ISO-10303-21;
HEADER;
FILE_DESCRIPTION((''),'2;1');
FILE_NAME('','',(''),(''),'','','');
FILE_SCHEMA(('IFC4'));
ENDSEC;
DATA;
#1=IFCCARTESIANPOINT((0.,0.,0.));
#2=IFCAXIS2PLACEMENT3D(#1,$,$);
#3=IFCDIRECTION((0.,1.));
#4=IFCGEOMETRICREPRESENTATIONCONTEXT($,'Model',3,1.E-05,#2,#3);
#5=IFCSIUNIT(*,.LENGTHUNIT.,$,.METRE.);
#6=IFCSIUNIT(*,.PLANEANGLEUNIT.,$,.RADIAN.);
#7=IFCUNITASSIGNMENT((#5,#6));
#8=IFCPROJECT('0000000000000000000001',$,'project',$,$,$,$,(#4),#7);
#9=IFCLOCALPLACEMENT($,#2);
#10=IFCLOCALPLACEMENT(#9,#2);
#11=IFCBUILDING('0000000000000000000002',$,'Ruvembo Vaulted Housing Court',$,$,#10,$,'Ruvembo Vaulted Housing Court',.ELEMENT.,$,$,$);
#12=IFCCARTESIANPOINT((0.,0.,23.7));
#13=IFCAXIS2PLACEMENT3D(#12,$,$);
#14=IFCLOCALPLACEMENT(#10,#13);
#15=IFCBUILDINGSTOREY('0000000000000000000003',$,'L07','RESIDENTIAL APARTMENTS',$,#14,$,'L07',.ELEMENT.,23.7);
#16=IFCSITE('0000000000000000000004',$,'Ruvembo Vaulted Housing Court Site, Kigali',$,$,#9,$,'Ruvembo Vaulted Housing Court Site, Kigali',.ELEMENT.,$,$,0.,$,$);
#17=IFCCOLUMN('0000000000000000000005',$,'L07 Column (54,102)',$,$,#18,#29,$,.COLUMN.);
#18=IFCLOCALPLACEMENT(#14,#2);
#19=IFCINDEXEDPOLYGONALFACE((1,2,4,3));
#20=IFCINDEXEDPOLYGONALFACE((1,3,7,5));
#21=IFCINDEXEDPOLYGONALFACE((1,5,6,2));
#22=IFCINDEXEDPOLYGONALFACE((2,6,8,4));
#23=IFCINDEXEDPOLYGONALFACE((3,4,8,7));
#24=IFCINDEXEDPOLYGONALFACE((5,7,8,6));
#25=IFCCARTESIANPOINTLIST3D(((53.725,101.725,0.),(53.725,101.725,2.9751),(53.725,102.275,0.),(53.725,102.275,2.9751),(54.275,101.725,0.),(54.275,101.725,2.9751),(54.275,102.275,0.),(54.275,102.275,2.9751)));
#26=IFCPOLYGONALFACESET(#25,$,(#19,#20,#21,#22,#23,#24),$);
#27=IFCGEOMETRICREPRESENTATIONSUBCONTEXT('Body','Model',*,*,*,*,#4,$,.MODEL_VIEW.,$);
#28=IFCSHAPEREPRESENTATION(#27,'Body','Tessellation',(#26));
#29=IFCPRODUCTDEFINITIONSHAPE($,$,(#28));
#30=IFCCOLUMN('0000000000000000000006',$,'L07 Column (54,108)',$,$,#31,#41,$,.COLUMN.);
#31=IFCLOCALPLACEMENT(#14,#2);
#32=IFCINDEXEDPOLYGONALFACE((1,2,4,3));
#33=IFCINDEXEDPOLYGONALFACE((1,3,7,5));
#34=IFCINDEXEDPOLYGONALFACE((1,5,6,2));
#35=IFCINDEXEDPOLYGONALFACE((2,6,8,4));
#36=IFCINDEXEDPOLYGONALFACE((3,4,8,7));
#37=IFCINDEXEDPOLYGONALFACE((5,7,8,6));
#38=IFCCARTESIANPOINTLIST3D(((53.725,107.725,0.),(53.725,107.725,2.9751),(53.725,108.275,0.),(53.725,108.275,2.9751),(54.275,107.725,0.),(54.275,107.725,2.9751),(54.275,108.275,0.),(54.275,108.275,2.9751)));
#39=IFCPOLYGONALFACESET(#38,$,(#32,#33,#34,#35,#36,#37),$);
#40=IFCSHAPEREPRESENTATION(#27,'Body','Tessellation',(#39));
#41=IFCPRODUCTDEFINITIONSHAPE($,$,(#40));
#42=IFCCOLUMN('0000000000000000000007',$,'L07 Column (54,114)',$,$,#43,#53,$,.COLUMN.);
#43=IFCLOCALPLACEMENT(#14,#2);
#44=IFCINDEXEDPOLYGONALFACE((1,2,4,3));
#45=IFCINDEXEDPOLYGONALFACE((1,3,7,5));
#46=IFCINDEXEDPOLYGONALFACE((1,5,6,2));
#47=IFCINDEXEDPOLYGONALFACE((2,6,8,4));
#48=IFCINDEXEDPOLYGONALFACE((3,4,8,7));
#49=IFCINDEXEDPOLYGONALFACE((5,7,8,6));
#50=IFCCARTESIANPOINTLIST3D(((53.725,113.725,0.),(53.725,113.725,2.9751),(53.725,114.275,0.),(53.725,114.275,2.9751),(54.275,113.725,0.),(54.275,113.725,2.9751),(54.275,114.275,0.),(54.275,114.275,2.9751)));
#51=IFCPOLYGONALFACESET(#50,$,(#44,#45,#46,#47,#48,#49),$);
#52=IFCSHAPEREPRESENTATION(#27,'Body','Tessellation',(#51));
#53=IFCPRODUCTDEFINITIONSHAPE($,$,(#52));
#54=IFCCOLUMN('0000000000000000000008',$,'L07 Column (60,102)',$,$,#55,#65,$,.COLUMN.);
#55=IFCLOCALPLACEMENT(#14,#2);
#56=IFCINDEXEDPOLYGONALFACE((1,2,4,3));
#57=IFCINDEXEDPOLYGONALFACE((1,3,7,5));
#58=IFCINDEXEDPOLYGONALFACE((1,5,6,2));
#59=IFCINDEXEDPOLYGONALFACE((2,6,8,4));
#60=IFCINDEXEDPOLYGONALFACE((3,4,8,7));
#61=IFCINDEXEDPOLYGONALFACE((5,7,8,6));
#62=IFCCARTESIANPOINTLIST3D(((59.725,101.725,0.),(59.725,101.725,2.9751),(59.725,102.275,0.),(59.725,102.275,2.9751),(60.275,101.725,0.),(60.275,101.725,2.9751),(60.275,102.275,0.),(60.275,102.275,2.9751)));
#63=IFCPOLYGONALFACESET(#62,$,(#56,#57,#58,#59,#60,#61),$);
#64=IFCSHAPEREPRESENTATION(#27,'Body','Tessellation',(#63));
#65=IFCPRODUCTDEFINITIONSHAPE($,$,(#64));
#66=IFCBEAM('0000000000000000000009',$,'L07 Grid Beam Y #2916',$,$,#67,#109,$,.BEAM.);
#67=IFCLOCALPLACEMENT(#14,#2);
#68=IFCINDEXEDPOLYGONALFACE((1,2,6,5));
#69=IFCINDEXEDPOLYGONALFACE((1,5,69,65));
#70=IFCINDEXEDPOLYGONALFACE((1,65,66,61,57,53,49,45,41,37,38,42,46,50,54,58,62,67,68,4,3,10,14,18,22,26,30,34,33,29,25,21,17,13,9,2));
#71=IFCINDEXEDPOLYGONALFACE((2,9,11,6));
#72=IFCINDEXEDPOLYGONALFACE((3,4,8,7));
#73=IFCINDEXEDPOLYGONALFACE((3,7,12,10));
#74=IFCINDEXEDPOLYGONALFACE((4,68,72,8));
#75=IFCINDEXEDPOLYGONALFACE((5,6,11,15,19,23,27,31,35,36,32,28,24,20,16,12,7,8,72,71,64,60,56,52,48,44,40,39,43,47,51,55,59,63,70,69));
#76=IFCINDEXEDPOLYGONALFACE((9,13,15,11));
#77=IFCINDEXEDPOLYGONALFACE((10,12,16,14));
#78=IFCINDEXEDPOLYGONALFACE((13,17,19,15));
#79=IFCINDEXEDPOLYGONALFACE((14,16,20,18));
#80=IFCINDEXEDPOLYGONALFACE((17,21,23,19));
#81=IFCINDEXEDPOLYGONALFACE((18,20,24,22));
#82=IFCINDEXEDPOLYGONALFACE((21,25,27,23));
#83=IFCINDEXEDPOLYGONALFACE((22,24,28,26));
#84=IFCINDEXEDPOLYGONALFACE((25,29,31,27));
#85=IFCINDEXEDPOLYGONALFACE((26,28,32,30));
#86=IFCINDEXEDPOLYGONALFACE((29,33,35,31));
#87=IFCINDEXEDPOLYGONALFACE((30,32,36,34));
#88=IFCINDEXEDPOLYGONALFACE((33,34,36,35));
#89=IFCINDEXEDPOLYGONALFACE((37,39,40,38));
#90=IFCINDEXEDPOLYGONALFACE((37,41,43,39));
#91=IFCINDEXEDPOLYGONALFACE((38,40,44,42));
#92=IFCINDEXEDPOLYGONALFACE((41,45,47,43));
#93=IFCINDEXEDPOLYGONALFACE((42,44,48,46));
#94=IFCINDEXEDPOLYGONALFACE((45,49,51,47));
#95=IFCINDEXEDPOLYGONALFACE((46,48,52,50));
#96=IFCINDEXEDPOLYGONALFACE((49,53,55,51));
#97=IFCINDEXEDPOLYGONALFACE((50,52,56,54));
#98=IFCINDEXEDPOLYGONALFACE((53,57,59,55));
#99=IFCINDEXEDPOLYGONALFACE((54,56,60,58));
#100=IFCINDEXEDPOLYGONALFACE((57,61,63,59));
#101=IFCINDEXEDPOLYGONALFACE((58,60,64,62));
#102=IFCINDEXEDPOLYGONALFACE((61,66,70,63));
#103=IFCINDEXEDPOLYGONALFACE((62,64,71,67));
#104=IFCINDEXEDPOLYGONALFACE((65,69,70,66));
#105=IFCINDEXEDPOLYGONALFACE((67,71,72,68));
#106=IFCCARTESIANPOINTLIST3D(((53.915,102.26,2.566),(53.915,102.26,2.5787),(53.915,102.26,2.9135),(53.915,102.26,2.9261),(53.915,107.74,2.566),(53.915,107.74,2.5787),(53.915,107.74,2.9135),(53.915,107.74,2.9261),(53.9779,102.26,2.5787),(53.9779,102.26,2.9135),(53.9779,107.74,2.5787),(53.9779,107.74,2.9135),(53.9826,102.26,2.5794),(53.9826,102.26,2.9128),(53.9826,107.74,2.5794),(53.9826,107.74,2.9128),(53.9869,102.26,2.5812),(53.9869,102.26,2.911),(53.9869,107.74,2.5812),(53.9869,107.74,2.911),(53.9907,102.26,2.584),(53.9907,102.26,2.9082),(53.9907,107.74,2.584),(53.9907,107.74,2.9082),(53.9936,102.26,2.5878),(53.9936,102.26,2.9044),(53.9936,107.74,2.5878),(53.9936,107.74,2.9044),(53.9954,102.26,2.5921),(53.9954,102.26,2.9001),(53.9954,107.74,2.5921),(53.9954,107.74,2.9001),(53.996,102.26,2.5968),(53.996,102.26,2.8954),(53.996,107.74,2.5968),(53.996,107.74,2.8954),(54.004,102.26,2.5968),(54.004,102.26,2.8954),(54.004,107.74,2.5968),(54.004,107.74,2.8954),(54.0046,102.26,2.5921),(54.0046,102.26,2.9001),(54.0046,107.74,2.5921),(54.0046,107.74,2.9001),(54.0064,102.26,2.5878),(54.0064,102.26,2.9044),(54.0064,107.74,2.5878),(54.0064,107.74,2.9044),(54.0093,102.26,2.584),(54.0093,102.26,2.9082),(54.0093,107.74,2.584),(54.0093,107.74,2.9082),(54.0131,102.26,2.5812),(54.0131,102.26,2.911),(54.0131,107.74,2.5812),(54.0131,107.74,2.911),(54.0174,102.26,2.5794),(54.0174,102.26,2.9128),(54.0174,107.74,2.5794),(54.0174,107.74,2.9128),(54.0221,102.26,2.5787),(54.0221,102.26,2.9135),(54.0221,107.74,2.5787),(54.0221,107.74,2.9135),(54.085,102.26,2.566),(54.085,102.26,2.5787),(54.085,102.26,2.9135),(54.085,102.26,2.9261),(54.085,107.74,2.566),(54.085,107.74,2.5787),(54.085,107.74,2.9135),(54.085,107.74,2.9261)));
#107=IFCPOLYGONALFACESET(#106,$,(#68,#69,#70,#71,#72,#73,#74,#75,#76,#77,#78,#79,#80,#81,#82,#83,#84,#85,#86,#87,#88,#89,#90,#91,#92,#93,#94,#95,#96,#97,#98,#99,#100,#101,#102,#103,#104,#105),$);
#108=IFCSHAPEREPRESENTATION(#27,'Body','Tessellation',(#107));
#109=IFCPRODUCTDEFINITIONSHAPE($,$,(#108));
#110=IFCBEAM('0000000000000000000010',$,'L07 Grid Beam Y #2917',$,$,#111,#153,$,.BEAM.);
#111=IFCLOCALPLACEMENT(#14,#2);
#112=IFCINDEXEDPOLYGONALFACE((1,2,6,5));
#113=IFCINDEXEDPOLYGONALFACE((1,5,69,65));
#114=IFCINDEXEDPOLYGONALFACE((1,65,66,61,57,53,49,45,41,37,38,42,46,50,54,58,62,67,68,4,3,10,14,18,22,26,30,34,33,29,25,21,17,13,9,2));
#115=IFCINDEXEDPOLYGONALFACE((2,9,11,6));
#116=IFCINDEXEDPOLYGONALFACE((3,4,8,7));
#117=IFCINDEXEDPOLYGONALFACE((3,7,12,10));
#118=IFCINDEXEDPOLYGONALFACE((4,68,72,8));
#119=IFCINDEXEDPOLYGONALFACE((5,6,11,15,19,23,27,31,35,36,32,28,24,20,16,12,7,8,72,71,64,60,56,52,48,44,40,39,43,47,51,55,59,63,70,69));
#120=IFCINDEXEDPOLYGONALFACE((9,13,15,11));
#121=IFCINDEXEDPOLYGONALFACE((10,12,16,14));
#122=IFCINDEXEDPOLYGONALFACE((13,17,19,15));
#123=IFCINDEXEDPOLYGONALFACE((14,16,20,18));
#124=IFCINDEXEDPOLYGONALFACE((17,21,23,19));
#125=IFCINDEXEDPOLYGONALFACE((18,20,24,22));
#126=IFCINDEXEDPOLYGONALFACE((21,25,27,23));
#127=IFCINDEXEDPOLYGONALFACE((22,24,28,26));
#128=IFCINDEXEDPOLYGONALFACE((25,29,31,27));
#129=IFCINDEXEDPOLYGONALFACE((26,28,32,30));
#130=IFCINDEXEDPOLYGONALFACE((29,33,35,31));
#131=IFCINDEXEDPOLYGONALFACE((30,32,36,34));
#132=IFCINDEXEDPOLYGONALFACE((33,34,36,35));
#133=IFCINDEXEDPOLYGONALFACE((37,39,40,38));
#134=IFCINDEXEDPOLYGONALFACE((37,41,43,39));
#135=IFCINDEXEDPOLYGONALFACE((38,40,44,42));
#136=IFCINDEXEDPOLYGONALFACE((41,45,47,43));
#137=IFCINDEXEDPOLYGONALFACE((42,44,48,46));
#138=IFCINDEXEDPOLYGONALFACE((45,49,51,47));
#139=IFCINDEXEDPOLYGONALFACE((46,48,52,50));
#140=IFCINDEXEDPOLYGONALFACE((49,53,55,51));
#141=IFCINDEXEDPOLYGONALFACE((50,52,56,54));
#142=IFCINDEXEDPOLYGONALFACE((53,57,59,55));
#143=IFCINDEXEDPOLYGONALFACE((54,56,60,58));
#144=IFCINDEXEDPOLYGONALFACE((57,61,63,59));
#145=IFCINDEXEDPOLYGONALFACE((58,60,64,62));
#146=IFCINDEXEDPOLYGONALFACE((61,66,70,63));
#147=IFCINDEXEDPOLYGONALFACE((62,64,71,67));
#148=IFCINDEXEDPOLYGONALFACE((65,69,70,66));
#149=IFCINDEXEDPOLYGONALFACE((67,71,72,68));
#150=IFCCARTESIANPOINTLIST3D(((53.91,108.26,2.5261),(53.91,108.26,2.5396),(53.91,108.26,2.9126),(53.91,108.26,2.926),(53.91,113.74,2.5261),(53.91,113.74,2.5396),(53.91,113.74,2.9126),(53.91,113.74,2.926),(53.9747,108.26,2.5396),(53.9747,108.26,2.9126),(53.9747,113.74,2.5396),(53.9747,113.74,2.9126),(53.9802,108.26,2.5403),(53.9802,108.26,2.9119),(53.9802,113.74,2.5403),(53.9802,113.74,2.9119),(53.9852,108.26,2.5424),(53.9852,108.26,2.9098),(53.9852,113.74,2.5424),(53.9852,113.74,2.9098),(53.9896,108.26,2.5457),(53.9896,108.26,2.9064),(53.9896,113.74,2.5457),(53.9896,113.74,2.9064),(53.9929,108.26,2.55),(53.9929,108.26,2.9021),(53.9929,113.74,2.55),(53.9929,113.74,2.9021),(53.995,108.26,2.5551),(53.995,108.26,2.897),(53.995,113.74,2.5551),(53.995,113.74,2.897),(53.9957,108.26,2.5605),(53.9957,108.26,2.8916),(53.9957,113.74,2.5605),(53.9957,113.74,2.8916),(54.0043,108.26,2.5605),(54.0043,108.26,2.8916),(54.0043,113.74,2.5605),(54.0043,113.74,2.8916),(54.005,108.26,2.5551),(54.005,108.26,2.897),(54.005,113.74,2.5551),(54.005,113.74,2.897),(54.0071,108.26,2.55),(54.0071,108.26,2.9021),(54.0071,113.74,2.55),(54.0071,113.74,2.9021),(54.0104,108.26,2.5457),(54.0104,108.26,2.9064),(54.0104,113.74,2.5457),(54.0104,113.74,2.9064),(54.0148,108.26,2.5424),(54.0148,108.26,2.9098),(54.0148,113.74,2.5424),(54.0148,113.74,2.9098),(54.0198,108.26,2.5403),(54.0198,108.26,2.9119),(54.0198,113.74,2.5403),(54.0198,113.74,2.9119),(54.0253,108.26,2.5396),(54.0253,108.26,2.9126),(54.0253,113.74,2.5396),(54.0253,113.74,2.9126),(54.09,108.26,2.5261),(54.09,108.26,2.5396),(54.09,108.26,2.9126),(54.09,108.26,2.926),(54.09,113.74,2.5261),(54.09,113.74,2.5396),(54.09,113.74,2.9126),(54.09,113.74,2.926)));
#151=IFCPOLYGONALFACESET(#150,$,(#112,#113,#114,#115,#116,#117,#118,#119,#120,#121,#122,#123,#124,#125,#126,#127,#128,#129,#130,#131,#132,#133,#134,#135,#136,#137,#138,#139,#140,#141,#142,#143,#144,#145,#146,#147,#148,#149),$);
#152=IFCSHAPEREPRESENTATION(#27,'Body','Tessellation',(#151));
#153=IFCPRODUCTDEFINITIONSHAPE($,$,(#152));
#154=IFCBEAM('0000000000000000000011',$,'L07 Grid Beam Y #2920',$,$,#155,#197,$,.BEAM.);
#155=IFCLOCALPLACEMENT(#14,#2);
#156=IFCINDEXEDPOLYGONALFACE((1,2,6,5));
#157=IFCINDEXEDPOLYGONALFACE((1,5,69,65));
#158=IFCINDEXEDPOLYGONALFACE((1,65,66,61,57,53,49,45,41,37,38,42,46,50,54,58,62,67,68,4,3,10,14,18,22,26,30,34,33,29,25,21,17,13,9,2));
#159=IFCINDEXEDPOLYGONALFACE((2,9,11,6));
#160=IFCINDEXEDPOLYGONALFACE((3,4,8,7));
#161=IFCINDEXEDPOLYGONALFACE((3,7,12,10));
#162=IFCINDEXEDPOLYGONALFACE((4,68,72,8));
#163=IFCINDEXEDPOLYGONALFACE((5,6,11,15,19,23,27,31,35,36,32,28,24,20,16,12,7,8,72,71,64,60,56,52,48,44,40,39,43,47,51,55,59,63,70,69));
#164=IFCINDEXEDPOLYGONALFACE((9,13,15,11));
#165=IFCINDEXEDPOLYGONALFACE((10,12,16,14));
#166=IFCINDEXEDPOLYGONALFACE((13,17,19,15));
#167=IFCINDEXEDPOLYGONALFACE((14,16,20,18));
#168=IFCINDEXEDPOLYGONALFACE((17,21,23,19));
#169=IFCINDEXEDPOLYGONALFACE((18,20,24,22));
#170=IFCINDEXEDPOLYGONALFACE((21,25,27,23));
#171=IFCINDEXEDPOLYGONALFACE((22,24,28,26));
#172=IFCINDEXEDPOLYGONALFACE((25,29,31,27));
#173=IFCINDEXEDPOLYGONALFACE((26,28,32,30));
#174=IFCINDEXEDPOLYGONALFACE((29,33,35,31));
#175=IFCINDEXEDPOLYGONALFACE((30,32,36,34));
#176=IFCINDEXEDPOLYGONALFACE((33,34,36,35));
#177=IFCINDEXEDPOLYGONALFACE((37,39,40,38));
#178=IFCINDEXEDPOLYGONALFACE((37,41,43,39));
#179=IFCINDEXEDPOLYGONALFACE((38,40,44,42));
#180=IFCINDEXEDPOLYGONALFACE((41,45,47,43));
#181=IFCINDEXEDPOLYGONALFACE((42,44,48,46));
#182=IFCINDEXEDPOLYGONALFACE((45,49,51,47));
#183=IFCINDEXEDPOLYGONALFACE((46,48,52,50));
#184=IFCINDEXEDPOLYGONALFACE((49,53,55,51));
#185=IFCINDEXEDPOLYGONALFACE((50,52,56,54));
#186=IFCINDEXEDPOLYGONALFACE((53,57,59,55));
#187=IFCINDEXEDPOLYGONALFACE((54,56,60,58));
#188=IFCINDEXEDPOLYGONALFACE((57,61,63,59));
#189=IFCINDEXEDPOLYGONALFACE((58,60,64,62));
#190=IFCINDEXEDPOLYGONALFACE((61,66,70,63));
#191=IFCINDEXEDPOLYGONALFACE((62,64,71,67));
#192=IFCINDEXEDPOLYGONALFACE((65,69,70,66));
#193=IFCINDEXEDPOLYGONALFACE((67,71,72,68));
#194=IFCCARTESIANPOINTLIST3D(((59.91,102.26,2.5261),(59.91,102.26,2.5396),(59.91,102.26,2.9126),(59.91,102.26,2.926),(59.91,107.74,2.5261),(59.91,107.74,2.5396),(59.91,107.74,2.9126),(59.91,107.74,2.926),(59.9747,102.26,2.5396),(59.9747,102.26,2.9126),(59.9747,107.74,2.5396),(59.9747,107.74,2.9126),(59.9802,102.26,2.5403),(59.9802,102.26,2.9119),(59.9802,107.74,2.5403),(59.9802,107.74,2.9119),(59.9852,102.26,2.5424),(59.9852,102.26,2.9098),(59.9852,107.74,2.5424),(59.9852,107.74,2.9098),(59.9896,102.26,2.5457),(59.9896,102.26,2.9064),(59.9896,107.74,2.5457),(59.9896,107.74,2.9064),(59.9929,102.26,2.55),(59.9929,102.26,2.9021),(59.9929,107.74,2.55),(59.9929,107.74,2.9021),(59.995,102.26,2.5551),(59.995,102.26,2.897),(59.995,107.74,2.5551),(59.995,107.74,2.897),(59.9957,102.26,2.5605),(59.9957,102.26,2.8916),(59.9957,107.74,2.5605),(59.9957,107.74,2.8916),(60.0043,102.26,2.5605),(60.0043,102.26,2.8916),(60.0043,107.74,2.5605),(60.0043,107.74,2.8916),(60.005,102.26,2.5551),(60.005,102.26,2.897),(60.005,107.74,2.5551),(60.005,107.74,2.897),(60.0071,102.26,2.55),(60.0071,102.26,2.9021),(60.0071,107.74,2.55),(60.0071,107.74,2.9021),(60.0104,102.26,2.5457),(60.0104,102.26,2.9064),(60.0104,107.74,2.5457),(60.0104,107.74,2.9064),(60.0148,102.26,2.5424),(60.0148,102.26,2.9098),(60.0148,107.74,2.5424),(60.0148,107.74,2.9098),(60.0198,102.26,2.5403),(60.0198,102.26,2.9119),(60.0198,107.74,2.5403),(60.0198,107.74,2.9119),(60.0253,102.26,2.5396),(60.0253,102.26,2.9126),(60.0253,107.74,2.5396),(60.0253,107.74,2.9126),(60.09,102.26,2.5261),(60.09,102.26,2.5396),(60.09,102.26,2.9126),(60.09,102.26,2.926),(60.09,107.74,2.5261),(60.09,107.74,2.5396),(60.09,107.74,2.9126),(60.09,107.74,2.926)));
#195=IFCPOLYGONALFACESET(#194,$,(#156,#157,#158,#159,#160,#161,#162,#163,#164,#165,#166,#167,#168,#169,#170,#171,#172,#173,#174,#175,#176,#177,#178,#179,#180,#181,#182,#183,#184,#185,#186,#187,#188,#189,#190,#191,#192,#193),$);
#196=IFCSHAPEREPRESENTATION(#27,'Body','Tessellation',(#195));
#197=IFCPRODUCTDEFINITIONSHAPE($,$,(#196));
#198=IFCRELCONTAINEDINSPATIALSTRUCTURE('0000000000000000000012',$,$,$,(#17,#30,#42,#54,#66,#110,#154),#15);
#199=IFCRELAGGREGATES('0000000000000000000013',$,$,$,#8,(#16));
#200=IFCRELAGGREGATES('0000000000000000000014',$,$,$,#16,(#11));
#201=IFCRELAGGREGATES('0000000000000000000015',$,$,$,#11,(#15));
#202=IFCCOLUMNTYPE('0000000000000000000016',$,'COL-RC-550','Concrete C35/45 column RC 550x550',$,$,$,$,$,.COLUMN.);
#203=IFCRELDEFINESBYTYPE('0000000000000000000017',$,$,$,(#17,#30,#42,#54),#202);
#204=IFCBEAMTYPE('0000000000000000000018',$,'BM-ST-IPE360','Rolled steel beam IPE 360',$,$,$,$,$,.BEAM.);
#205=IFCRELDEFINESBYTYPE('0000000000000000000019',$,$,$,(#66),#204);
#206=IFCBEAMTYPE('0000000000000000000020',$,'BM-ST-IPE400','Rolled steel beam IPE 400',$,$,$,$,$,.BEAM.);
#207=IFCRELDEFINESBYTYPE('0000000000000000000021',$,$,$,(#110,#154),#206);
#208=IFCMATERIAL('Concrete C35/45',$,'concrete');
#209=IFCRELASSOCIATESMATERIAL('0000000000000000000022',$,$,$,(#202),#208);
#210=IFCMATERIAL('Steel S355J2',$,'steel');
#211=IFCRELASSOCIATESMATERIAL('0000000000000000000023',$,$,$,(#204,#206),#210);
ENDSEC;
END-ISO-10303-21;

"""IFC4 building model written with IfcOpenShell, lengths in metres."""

from ifc_helpers import new_model, si_unit, direction, frame, origin, origin_2d, place, context, subcontext, project, spatial, rectangle, i_section, extrude, material, material_profile, profile_set, type_object, element, save


model = new_model("IFC4")

# Units and contexts
model_context = context("Model", 3, precision=1e-05, world=origin(), true_north=direction((0.0, 1.0)))
body_context = subcontext(model_context, "Body", "Model", "MODEL_VIEW")
ifc_project = project(units=[si_unit("LENGTHUNIT", "METRE"), si_unit("PLANEANGLEUNIT", "RADIAN")], contexts=[model_context])

# Site, building, storey
site_placement = place(None, origin())
site = spatial("IfcSite", under=ifc_project, at=site_placement, Name="Ruvembo Vaulted Housing Court Site, Kigali", LongName="Ruvembo Vaulted Housing Court Site, Kigali", CompositionType="ELEMENT", RefElevation=0.0)
building_placement = place(site_placement, origin())
building = spatial("IfcBuilding", under=site, at=building_placement, Name="Ruvembo Vaulted Housing Court", LongName="Ruvembo Vaulted Housing Court", CompositionType="ELEMENT")
storey_placement = place(building_placement, frame((0.0, 0.0, 23.7)))
storey = spatial("IfcBuildingStorey", under=building, at=storey_placement, Name="L07", Description="RESIDENTIAL APARTMENTS", LongName="L07", CompositionType="ELEMENT", Elevation=23.7)

# Columns
ifc_material_1 = material(Name="Concrete C35/45", Category="concrete")
ifc_material_profile_1 = material_profile(ifc_material_1, rectangle(XDim=0.55, YDim=0.55, at=origin_2d()), Name="RC 550x550")
ifc_profile_set_1 = profile_set([ifc_material_profile_1], Name="Concrete C35/45")
column_type = type_object("IfcColumnType", Name="COL-RC-550", Description="Concrete C35/45 column RC 550x550", PredefinedType="COLUMN", material=ifc_profile_set_1)
for number, where, z_axis, x_axis, name in (
    (1, (54.0, 102.0, 0.0), (0.0, 0.0, 1.0), (1.0, 0.0, 0.0), "L07 Column (54,102)"),
    (2, (54.0, 108.0, 0.0), (0.0, 0.0, 1.0), (1.0, 0.0, 0.0), "L07 Column (54,108)"),
    (3, (54.0, 114.0, 0.0), (0.0, 0.0, 1.0), (1.0, 0.0, 0.0), "L07 Column (54,114)"),
    (4, (60.0, 102.0, 0.0), (0.0, 0.0, 1.0), (1.0, 0.0, 0.0), "L07 Column (60,102)"),
):
    element("IfcColumn", number, at=place(storey_placement, frame(where, z_axis=z_axis, x_axis=x_axis)), inside=storey, type_object=column_type, Name=name, PredefinedType="COLUMN", context=body_context, shape_type="SweptSolid", body=[
        extrude(rectangle(XDim=0.55, YDim=0.55, at=origin_2d()), origin(), (0.0, 0.0, 1.0), 2.9751),
    ])

# Beams
ifc_material_2 = material(Name="Steel S355J2", Category="steel")
ifc_material_profile_2 = material_profile(ifc_material_2, i_section(OverallWidth=0.1699, OverallDepth=0.3601, WebThickness=0.0081, FlangeThickness=0.0127, FilletRadius=0.0181, at=origin_2d()), Name="IPE 360")
ifc_profile_set_2 = profile_set([ifc_material_profile_2], Name="Steel S355J2")
beam_type_1 = type_object("IfcBeamType", Name="BM-ST-IPE360", Description="Rolled steel beam IPE 360", PredefinedType="BEAM", material=ifc_profile_set_2)
beam_placement = place(storey_placement, frame((54.0, 102.26, 2.7461), z_axis=(0.0, 1.0, 0.0), x_axis=(-1.0, 0.0, 0.0)))
element("IfcBeam", 5, at=beam_placement, inside=storey, type_object=beam_type_1, Name="L07 Grid Beam Y #2916", PredefinedType="BEAM", context=body_context, shape_type="SweptSolid", body=[
    extrude(i_section(OverallWidth=0.1699, OverallDepth=0.3601, WebThickness=0.0081, FlangeThickness=0.0127, FilletRadius=0.0181, at=origin_2d()), origin(), (0.0, 0.0, 1.0), 5.48),
])
ifc_material_profile_3 = material_profile(ifc_material_2, i_section(OverallWidth=0.1799, OverallDepth=0.3999, WebThickness=0.0085, FlangeThickness=0.0134, FilletRadius=0.021, at=origin_2d()), Name="IPE 400")
ifc_profile_set_3 = profile_set([ifc_material_profile_3], Name="Steel S355J2")
beam_type_2 = type_object("IfcBeamType", Name="BM-ST-IPE400", Description="Rolled steel beam IPE 400", PredefinedType="BEAM", material=ifc_profile_set_3)
for number, where, z_axis, x_axis, name in (
    (6, (54.0, 108.26, 2.7261), (0.0, 1.0, 0.0), (-1.0, 0.0, 0.0), "L07 Grid Beam Y #2917"),
    (7, (60.0, 102.26, 2.7261), (0.0, 1.0, 0.0), (-1.0, 0.0, 0.0), "L07 Grid Beam Y #2920"),
):
    element("IfcBeam", number, at=place(storey_placement, frame(where, z_axis=z_axis, x_axis=x_axis)), inside=storey, type_object=beam_type_2, Name=name, PredefinedType="BEAM", context=body_context, shape_type="SweptSolid", body=[
        extrude(i_section(OverallWidth=0.1799, OverallDepth=0.3999, WebThickness=0.0085, FlangeThickness=0.0134, FilletRadius=0.021, at=origin_2d()), origin(), (0.0, 0.0, 1.0), 5.48),
    ])

save(model, "model.ifc")
